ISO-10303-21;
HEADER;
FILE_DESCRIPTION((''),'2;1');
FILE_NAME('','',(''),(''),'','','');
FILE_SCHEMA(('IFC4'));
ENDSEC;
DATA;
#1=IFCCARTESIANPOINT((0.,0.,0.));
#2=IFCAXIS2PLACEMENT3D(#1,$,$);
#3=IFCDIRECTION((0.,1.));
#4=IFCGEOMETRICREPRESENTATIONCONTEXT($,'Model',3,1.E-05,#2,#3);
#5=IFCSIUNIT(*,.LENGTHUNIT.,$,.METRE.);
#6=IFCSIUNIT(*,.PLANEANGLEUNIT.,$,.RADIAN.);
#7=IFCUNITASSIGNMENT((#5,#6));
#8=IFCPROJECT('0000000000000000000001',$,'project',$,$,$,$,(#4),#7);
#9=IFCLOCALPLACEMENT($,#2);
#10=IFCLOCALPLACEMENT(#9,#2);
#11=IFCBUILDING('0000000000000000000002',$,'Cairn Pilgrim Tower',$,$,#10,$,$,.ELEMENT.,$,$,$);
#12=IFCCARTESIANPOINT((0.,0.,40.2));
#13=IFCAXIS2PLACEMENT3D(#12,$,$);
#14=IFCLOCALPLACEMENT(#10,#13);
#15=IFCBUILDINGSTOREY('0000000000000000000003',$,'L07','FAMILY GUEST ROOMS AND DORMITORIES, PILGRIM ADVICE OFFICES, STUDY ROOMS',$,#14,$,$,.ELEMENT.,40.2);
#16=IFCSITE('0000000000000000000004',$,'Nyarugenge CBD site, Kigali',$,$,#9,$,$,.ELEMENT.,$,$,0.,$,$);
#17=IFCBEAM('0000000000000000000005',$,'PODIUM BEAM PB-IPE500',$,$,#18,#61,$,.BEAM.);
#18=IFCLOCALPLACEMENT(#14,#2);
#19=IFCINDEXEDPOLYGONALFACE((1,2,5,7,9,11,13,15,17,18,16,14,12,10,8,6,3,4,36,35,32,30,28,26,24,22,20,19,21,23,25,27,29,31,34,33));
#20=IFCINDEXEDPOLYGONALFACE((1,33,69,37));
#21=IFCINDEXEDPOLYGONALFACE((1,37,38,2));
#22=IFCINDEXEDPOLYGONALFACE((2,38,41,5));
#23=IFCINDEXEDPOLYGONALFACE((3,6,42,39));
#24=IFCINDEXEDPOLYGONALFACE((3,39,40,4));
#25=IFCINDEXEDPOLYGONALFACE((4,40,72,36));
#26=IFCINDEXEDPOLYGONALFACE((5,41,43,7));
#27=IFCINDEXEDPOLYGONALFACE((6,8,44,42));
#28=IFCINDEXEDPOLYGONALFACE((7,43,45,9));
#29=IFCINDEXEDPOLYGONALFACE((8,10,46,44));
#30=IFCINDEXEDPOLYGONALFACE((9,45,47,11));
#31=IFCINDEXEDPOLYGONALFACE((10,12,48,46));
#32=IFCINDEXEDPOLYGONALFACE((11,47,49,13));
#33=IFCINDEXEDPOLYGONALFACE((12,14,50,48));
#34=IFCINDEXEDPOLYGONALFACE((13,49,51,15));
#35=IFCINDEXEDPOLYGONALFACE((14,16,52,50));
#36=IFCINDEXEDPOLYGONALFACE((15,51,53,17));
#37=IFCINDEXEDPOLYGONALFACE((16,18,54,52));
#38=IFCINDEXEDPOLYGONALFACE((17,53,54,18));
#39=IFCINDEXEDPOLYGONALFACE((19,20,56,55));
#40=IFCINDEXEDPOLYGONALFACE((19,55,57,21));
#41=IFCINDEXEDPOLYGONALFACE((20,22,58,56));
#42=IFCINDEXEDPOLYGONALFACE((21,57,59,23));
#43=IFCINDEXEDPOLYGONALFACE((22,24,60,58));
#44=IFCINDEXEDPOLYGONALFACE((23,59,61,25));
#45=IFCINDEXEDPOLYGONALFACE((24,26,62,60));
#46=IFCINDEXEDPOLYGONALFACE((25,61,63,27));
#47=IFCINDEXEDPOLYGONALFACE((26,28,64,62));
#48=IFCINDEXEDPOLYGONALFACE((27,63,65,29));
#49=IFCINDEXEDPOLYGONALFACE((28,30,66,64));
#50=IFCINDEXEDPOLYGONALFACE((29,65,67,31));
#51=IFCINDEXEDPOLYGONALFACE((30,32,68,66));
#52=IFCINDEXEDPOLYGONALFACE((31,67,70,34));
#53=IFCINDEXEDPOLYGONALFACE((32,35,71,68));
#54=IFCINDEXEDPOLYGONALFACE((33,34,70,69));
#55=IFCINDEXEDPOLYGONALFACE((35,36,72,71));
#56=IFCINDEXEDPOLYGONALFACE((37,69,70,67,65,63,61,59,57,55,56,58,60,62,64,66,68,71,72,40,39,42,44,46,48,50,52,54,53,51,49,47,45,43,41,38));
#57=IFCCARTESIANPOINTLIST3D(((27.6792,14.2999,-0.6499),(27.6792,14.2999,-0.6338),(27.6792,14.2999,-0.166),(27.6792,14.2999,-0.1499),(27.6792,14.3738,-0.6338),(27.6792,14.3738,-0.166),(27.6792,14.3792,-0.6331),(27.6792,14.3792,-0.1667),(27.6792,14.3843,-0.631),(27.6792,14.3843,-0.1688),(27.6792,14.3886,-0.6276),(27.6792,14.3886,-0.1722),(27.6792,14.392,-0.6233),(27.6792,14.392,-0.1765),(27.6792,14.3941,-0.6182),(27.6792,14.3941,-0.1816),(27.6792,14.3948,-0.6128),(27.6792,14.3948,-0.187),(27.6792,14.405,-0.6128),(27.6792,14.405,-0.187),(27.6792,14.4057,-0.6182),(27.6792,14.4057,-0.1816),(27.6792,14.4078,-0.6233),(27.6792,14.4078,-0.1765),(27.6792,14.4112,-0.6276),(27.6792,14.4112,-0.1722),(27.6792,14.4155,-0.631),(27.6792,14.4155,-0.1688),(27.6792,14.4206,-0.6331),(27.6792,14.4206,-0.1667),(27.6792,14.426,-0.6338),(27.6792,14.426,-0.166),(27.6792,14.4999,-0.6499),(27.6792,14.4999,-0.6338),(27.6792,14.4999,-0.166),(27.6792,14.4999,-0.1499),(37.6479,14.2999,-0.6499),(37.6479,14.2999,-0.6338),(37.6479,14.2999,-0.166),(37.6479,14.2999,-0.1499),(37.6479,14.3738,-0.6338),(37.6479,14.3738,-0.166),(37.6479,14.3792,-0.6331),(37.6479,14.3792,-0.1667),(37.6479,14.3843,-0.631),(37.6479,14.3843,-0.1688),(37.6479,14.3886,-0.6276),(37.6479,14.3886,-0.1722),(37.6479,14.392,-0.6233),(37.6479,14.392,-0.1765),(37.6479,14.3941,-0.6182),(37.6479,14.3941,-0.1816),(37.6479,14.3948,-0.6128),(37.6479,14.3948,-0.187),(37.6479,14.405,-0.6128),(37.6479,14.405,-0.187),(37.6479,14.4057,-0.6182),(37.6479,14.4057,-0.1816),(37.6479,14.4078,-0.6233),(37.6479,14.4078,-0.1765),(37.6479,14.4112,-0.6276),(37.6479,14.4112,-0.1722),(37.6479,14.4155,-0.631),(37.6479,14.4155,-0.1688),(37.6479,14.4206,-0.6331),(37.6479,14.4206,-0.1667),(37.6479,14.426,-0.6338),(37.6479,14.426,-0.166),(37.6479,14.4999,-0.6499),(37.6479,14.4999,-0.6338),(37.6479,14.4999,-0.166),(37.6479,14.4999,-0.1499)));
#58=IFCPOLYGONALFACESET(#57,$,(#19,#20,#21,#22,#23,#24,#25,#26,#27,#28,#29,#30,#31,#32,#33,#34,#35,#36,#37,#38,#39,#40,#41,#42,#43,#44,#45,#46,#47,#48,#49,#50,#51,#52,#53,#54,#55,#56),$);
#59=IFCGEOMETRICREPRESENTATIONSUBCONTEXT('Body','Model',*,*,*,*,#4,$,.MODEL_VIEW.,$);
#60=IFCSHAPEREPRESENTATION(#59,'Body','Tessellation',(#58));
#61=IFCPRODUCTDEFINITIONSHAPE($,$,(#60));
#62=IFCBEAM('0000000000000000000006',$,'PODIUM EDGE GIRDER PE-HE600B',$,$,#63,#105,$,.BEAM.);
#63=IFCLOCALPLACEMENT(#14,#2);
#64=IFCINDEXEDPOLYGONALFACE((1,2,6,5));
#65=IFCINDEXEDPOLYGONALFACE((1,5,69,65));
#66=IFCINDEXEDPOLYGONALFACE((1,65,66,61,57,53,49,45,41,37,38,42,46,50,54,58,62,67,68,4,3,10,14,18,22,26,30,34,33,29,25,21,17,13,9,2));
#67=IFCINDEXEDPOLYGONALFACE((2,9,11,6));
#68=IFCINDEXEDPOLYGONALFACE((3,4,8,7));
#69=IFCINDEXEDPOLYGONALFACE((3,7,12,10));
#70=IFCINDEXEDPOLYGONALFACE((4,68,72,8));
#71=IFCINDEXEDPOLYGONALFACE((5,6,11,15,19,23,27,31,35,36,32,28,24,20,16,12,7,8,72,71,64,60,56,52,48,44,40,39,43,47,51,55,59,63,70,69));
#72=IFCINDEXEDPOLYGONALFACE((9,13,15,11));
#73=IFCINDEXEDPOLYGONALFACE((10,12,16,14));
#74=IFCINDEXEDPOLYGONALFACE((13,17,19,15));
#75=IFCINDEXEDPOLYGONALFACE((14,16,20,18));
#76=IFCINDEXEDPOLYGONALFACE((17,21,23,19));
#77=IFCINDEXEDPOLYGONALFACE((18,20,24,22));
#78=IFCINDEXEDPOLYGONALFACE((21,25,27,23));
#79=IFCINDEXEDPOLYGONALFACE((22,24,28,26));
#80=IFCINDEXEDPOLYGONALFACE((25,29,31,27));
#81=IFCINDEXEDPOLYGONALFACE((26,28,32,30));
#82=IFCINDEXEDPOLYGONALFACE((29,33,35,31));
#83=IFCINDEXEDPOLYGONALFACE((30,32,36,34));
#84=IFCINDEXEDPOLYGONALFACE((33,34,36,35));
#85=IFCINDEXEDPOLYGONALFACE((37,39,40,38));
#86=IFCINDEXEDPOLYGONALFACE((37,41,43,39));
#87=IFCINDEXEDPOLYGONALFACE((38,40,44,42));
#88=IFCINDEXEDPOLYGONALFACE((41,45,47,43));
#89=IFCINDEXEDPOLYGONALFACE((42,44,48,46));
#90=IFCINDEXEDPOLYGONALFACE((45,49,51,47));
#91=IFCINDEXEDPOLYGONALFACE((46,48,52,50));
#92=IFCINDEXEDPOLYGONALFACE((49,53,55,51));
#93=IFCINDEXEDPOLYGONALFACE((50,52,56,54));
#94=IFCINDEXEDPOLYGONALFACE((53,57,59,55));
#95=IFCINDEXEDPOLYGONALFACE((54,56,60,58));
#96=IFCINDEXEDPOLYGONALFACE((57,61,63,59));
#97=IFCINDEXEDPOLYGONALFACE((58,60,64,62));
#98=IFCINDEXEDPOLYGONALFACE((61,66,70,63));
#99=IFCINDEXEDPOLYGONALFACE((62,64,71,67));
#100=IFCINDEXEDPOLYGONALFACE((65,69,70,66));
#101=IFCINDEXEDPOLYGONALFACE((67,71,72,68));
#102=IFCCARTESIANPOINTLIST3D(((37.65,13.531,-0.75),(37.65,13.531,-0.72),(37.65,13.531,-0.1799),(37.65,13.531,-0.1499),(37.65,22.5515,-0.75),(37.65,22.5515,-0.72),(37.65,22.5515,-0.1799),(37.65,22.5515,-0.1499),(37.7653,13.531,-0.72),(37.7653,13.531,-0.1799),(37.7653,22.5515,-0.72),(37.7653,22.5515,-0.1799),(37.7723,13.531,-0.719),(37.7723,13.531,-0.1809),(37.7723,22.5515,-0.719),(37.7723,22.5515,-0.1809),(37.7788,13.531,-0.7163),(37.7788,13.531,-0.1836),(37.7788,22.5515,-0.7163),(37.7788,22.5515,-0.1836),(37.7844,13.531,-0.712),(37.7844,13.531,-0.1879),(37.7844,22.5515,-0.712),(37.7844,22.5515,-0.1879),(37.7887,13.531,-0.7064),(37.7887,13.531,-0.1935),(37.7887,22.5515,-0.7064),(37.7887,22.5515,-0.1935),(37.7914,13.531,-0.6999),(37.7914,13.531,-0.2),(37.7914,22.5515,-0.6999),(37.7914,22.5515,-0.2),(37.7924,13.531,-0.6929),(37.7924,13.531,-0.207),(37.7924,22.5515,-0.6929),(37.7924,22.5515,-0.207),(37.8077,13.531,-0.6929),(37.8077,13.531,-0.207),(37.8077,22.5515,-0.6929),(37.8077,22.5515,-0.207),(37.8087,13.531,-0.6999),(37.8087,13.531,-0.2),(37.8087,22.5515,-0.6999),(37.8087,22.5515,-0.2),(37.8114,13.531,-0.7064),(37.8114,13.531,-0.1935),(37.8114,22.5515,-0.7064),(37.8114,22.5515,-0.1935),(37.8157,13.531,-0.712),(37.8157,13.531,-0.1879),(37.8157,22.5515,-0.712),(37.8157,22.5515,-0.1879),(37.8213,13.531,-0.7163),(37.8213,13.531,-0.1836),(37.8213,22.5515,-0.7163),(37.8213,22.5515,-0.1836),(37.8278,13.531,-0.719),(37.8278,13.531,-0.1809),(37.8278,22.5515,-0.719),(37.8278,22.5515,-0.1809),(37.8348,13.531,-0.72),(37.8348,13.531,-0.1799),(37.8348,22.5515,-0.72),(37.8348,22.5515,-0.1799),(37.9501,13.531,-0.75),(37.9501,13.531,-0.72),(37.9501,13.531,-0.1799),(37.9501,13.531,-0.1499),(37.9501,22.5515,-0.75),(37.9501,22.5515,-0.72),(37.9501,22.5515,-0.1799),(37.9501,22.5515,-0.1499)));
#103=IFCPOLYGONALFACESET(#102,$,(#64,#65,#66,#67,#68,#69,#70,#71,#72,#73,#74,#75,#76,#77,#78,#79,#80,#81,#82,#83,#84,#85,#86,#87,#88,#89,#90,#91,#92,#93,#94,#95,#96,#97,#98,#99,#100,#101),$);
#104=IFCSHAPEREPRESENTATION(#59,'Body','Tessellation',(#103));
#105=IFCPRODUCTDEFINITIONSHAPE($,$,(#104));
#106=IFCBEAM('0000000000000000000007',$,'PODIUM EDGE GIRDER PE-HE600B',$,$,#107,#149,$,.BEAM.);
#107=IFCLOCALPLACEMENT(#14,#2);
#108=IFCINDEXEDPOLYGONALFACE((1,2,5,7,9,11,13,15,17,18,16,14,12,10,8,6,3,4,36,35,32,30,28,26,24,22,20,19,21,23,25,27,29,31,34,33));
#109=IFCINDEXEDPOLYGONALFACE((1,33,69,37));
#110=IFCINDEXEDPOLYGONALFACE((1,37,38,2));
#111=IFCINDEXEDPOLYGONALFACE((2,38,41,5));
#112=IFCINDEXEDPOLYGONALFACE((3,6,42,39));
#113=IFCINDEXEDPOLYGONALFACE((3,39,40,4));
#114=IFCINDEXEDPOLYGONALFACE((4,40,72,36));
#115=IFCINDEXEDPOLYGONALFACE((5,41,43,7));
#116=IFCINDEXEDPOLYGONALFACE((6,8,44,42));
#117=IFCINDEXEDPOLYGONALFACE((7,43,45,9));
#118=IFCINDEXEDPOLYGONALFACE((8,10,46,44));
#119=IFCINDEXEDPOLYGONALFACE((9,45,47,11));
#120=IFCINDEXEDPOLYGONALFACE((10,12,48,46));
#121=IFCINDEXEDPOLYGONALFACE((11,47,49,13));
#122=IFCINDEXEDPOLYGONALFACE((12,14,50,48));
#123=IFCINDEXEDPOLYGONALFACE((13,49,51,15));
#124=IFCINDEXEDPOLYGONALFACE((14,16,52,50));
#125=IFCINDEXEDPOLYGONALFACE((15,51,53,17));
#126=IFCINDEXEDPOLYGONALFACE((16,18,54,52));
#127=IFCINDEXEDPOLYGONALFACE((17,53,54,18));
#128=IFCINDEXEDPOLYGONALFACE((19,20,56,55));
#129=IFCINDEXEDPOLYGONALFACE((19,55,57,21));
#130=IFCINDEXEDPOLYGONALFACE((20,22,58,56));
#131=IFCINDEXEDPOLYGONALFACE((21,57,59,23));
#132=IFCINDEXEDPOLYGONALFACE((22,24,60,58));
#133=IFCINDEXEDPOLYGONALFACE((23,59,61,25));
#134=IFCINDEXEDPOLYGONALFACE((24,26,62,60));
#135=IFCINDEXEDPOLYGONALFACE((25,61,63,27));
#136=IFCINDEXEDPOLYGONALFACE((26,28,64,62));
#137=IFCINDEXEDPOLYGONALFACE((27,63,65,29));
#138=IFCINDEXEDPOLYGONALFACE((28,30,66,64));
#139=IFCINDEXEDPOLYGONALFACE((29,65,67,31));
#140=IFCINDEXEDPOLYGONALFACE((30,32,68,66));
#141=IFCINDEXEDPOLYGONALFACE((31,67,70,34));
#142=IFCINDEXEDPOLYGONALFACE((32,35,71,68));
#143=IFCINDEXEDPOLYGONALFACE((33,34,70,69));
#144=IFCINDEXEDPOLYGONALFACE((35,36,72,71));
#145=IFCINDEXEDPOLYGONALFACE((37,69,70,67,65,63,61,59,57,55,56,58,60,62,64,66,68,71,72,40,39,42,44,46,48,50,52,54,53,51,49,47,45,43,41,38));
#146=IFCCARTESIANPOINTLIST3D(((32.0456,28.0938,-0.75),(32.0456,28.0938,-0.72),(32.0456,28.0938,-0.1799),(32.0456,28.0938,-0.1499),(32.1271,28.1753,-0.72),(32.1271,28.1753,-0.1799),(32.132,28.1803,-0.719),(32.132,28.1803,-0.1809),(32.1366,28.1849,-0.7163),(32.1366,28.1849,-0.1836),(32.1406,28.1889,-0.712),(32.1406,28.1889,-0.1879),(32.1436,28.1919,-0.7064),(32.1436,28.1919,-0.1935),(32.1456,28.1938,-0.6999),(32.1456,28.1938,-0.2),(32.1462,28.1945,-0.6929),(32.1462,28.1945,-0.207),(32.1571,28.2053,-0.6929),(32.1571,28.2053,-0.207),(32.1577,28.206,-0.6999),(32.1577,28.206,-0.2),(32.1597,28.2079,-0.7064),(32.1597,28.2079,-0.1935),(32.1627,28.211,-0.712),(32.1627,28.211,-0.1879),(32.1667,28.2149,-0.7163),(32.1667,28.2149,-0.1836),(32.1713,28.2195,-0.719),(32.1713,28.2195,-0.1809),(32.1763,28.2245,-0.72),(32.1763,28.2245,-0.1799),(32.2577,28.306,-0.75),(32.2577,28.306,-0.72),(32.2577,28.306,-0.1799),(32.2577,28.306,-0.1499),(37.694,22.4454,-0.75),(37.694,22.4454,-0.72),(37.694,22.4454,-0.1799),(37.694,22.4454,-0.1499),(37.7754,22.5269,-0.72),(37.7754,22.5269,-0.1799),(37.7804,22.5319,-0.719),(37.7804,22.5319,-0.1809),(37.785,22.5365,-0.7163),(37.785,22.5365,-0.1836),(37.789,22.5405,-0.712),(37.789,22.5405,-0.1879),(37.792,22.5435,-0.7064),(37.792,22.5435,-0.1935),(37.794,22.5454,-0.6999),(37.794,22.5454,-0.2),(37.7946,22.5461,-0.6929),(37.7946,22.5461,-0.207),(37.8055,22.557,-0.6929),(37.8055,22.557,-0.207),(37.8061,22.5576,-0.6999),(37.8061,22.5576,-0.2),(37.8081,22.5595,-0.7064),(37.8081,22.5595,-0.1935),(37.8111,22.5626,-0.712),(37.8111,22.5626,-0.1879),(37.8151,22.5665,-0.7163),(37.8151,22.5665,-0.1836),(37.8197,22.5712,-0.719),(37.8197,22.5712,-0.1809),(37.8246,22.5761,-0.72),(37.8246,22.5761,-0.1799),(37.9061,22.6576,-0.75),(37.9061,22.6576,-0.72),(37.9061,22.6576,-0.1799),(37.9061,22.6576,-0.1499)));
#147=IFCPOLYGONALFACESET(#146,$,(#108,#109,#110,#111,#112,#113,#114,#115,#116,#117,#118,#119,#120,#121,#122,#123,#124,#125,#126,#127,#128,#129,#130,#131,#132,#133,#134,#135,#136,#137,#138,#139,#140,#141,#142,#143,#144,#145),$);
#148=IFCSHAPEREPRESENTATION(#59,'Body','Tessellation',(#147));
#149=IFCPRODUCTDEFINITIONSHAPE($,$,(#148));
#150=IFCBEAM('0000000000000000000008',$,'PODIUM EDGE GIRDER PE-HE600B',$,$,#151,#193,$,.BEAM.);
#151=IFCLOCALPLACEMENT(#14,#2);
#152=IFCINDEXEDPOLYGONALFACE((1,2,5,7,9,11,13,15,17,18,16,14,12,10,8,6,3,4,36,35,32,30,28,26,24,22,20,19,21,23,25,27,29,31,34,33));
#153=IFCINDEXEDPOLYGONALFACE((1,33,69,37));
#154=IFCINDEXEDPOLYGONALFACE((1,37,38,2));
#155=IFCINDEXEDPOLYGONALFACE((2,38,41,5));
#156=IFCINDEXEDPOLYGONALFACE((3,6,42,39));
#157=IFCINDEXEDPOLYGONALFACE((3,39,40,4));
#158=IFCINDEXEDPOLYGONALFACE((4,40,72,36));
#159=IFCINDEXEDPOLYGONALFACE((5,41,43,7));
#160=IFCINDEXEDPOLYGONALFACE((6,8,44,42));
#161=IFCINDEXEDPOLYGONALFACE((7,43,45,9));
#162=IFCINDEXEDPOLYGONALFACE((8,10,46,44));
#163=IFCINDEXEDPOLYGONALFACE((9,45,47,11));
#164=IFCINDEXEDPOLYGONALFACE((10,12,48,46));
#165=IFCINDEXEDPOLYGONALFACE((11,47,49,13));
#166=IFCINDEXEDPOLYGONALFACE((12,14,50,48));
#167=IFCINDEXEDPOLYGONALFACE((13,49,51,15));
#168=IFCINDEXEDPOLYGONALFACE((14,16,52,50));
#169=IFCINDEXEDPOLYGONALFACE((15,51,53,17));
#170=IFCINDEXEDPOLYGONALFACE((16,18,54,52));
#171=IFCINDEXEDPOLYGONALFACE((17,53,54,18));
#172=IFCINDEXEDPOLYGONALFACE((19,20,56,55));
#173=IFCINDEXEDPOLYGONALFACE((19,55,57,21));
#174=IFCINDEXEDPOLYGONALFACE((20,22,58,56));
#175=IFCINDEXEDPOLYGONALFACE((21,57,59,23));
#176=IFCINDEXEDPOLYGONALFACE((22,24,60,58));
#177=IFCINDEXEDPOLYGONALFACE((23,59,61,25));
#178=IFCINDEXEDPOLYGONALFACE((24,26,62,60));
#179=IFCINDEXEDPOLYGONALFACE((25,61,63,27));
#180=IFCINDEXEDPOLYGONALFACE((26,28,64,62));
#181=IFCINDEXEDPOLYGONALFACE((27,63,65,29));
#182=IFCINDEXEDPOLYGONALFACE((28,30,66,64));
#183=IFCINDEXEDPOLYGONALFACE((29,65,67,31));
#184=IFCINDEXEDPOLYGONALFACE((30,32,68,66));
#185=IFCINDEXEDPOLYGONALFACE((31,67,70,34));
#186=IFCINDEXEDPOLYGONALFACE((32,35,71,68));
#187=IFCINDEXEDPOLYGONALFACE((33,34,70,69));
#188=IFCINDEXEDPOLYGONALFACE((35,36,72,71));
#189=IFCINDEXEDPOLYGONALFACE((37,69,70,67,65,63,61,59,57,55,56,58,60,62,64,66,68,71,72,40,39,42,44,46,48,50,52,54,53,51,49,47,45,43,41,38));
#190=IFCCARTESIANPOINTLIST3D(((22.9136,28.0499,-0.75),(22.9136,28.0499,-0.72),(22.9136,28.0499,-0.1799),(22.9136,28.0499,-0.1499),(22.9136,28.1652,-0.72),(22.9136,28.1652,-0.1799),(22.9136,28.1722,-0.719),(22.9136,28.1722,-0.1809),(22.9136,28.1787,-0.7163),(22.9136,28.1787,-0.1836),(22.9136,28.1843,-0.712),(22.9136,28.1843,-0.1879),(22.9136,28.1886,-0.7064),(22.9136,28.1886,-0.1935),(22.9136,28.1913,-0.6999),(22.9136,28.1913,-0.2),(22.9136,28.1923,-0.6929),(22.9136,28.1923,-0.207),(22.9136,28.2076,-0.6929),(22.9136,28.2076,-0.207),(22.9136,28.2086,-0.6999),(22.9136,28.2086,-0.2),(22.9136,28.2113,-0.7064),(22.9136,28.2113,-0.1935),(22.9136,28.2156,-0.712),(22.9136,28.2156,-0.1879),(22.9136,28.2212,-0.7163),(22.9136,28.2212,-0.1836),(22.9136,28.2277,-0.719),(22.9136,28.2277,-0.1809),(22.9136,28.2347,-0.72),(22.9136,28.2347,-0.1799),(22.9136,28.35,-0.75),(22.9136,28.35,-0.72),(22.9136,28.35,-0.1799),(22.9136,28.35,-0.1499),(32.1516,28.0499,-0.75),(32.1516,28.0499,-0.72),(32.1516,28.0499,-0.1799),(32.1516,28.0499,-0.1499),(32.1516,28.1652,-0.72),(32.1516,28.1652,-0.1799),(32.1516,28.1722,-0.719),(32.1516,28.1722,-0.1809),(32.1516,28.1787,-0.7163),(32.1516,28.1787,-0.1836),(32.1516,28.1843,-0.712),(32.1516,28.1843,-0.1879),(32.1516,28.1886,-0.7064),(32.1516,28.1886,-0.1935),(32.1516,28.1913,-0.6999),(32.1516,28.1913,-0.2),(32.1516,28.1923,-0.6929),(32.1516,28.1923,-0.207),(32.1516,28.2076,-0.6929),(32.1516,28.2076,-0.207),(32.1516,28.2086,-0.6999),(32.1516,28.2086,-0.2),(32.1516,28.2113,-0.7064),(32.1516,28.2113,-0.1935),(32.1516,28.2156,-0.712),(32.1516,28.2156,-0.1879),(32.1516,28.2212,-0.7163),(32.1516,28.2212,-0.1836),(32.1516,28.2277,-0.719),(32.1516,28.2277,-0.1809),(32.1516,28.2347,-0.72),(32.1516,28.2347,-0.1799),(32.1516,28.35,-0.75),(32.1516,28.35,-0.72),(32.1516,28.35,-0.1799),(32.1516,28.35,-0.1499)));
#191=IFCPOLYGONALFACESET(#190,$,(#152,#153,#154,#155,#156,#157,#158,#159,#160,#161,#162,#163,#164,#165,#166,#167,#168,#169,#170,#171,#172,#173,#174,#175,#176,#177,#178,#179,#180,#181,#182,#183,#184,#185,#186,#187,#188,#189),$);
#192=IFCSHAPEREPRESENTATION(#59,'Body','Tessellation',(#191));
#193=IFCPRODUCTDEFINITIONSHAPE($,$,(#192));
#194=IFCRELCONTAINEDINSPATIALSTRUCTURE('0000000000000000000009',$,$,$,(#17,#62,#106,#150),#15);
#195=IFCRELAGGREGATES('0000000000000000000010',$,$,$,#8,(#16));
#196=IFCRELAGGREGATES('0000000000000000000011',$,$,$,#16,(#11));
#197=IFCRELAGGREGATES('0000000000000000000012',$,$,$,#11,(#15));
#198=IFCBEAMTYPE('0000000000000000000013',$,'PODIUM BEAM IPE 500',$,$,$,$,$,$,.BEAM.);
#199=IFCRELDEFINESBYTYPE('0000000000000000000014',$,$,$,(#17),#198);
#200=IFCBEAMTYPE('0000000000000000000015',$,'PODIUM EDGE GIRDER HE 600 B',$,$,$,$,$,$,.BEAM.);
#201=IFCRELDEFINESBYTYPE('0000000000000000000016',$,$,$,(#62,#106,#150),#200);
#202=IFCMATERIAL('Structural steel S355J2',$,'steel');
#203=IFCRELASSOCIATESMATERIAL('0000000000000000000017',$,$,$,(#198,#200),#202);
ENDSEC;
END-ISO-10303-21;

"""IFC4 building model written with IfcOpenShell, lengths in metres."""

from ifc_helpers import new_model, si_unit, direction, frame, origin, origin_2d, place, context, subcontext, project, spatial, i_section, extrude, material, material_profile, profile_set, type_object, element, save


model = new_model("IFC4")

# Units and contexts
model_context = context("Model", 3, precision=1e-05, world=origin(), true_north=direction((0.0, 1.0)))
body_context = subcontext(model_context, "Body", "Model", "MODEL_VIEW")
ifc_project = project(units=[si_unit("LENGTHUNIT", "METRE"), si_unit("PLANEANGLEUNIT", "RADIAN")], contexts=[model_context])

# Site, building, storey
site_placement = place(None, origin())
site = spatial("IfcSite", under=ifc_project, at=site_placement, Name="Nyarugenge CBD site, Kigali", CompositionType="ELEMENT", RefElevation=0.0)
building_placement = place(site_placement, origin())
building = spatial("IfcBuilding", under=site, at=building_placement, Name="Cairn Pilgrim Tower", CompositionType="ELEMENT")
storey_placement = place(building_placement, frame((0.0, 0.0, 40.2)))
storey = spatial("IfcBuildingStorey", under=building, at=storey_placement, Name="L07", Description="FAMILY GUEST ROOMS AND DORMITORIES, PILGRIM ADVICE OFFICES, STUDY ROOMS", CompositionType="ELEMENT", Elevation=40.2)

# Beams
ifc_material_1 = material(Name="Structural steel S355J2", Category="steel")
ifc_material_profile_1 = material_profile(ifc_material_1, i_section(OverallWidth=0.2, OverallDepth=0.5, WebThickness=0.0103, FlangeThickness=0.0161, FilletRadius=0.021, at=origin_2d()), Name="IPE 500")
ifc_profile_set_1 = profile_set([ifc_material_profile_1], Name="Structural steel S355J2")
beam_type_1 = type_object("IfcBeamType", Name="PODIUM BEAM IPE 500", PredefinedType="BEAM", material=ifc_profile_set_1)
beam_1_placement = place(storey_placement, frame((27.6792, 14.3999, -0.3999), z_axis=(1.0, 0.0, 0.0), x_axis=(0.0, 1.0, 0.0)))
element("IfcBeam", 1, at=beam_1_placement, inside=storey, type_object=beam_type_1, Name="PODIUM BEAM PB-IPE500", PredefinedType="BEAM", context=body_context, shape_type="SweptSolid", body=[
    extrude(i_section(OverallWidth=0.2, OverallDepth=0.5, WebThickness=0.0103, FlangeThickness=0.0161, FilletRadius=0.021, at=origin_2d()), origin(), (0.0, 0.0, 1.0), 9.9688),
])
ifc_material_profile_2 = material_profile(ifc_material_1, i_section(OverallWidth=0.3, OverallDepth=0.6001, WebThickness=0.0154, FlangeThickness=0.03, FilletRadius=0.0271, at=origin_2d()), Name="HEB 600")
ifc_profile_set_2 = profile_set([ifc_material_profile_2], Name="Structural steel S355J2")
beam_type_2 = type_object("IfcBeamType", Name="PODIUM EDGE GIRDER HE 600 B", PredefinedType="BEAM", material=ifc_profile_set_2)
beam_2_placement = place(storey_placement, frame((37.8, 13.531, -0.45), z_axis=(0.0, 1.0, 0.0), x_axis=(-1.0, 0.0, 0.0)))
element("IfcBeam", 2, at=beam_2_placement, inside=storey, type_object=beam_type_2, Name="PODIUM EDGE GIRDER PE-HE600B", PredefinedType="BEAM", context=body_context, shape_type="SweptSolid", body=[
    extrude(i_section(OverallWidth=0.3, OverallDepth=0.6001, WebThickness=0.0154, FlangeThickness=0.03, FilletRadius=0.0271, at=origin_2d()), origin(), (0.0, 0.0, 1.0), 9.0205),
])
beam_3_placement = place(storey_placement, frame((37.8, 22.5515, -0.45), z_axis=(-0.707107, 0.707107, 0.0), x_axis=(-0.707107, -0.707107, 0.0)))
element("IfcBeam", 3, at=beam_3_placement, inside=storey, type_object=beam_type_2, Name="PODIUM EDGE GIRDER PE-HE600B", PredefinedType="BEAM", context=body_context, shape_type="SweptSolid", body=[
    extrude(i_section(OverallWidth=0.3, OverallDepth=0.6001, WebThickness=0.0154, FlangeThickness=0.03, FilletRadius=0.0271, at=origin_2d()), origin(), (0.0, 0.0, 1.0), 7.988),
])
beam_4_placement = place(storey_placement, frame((32.1516, 28.2, -0.45), z_axis=(-1.0, 0.0, 0.0), x_axis=(0.0, -1.0, 0.0)))
element("IfcBeam", 4, at=beam_4_placement, inside=storey, type_object=beam_type_2, Name="PODIUM EDGE GIRDER PE-HE600B", PredefinedType="BEAM", context=body_context, shape_type="SweptSolid", body=[
    extrude(i_section(OverallWidth=0.3, OverallDepth=0.6001, WebThickness=0.0154, FlangeThickness=0.03, FilletRadius=0.0271, at=origin_2d()), origin(), (0.0, 0.0, 1.0), 9.238),
])

save(model, "model.ifc")
